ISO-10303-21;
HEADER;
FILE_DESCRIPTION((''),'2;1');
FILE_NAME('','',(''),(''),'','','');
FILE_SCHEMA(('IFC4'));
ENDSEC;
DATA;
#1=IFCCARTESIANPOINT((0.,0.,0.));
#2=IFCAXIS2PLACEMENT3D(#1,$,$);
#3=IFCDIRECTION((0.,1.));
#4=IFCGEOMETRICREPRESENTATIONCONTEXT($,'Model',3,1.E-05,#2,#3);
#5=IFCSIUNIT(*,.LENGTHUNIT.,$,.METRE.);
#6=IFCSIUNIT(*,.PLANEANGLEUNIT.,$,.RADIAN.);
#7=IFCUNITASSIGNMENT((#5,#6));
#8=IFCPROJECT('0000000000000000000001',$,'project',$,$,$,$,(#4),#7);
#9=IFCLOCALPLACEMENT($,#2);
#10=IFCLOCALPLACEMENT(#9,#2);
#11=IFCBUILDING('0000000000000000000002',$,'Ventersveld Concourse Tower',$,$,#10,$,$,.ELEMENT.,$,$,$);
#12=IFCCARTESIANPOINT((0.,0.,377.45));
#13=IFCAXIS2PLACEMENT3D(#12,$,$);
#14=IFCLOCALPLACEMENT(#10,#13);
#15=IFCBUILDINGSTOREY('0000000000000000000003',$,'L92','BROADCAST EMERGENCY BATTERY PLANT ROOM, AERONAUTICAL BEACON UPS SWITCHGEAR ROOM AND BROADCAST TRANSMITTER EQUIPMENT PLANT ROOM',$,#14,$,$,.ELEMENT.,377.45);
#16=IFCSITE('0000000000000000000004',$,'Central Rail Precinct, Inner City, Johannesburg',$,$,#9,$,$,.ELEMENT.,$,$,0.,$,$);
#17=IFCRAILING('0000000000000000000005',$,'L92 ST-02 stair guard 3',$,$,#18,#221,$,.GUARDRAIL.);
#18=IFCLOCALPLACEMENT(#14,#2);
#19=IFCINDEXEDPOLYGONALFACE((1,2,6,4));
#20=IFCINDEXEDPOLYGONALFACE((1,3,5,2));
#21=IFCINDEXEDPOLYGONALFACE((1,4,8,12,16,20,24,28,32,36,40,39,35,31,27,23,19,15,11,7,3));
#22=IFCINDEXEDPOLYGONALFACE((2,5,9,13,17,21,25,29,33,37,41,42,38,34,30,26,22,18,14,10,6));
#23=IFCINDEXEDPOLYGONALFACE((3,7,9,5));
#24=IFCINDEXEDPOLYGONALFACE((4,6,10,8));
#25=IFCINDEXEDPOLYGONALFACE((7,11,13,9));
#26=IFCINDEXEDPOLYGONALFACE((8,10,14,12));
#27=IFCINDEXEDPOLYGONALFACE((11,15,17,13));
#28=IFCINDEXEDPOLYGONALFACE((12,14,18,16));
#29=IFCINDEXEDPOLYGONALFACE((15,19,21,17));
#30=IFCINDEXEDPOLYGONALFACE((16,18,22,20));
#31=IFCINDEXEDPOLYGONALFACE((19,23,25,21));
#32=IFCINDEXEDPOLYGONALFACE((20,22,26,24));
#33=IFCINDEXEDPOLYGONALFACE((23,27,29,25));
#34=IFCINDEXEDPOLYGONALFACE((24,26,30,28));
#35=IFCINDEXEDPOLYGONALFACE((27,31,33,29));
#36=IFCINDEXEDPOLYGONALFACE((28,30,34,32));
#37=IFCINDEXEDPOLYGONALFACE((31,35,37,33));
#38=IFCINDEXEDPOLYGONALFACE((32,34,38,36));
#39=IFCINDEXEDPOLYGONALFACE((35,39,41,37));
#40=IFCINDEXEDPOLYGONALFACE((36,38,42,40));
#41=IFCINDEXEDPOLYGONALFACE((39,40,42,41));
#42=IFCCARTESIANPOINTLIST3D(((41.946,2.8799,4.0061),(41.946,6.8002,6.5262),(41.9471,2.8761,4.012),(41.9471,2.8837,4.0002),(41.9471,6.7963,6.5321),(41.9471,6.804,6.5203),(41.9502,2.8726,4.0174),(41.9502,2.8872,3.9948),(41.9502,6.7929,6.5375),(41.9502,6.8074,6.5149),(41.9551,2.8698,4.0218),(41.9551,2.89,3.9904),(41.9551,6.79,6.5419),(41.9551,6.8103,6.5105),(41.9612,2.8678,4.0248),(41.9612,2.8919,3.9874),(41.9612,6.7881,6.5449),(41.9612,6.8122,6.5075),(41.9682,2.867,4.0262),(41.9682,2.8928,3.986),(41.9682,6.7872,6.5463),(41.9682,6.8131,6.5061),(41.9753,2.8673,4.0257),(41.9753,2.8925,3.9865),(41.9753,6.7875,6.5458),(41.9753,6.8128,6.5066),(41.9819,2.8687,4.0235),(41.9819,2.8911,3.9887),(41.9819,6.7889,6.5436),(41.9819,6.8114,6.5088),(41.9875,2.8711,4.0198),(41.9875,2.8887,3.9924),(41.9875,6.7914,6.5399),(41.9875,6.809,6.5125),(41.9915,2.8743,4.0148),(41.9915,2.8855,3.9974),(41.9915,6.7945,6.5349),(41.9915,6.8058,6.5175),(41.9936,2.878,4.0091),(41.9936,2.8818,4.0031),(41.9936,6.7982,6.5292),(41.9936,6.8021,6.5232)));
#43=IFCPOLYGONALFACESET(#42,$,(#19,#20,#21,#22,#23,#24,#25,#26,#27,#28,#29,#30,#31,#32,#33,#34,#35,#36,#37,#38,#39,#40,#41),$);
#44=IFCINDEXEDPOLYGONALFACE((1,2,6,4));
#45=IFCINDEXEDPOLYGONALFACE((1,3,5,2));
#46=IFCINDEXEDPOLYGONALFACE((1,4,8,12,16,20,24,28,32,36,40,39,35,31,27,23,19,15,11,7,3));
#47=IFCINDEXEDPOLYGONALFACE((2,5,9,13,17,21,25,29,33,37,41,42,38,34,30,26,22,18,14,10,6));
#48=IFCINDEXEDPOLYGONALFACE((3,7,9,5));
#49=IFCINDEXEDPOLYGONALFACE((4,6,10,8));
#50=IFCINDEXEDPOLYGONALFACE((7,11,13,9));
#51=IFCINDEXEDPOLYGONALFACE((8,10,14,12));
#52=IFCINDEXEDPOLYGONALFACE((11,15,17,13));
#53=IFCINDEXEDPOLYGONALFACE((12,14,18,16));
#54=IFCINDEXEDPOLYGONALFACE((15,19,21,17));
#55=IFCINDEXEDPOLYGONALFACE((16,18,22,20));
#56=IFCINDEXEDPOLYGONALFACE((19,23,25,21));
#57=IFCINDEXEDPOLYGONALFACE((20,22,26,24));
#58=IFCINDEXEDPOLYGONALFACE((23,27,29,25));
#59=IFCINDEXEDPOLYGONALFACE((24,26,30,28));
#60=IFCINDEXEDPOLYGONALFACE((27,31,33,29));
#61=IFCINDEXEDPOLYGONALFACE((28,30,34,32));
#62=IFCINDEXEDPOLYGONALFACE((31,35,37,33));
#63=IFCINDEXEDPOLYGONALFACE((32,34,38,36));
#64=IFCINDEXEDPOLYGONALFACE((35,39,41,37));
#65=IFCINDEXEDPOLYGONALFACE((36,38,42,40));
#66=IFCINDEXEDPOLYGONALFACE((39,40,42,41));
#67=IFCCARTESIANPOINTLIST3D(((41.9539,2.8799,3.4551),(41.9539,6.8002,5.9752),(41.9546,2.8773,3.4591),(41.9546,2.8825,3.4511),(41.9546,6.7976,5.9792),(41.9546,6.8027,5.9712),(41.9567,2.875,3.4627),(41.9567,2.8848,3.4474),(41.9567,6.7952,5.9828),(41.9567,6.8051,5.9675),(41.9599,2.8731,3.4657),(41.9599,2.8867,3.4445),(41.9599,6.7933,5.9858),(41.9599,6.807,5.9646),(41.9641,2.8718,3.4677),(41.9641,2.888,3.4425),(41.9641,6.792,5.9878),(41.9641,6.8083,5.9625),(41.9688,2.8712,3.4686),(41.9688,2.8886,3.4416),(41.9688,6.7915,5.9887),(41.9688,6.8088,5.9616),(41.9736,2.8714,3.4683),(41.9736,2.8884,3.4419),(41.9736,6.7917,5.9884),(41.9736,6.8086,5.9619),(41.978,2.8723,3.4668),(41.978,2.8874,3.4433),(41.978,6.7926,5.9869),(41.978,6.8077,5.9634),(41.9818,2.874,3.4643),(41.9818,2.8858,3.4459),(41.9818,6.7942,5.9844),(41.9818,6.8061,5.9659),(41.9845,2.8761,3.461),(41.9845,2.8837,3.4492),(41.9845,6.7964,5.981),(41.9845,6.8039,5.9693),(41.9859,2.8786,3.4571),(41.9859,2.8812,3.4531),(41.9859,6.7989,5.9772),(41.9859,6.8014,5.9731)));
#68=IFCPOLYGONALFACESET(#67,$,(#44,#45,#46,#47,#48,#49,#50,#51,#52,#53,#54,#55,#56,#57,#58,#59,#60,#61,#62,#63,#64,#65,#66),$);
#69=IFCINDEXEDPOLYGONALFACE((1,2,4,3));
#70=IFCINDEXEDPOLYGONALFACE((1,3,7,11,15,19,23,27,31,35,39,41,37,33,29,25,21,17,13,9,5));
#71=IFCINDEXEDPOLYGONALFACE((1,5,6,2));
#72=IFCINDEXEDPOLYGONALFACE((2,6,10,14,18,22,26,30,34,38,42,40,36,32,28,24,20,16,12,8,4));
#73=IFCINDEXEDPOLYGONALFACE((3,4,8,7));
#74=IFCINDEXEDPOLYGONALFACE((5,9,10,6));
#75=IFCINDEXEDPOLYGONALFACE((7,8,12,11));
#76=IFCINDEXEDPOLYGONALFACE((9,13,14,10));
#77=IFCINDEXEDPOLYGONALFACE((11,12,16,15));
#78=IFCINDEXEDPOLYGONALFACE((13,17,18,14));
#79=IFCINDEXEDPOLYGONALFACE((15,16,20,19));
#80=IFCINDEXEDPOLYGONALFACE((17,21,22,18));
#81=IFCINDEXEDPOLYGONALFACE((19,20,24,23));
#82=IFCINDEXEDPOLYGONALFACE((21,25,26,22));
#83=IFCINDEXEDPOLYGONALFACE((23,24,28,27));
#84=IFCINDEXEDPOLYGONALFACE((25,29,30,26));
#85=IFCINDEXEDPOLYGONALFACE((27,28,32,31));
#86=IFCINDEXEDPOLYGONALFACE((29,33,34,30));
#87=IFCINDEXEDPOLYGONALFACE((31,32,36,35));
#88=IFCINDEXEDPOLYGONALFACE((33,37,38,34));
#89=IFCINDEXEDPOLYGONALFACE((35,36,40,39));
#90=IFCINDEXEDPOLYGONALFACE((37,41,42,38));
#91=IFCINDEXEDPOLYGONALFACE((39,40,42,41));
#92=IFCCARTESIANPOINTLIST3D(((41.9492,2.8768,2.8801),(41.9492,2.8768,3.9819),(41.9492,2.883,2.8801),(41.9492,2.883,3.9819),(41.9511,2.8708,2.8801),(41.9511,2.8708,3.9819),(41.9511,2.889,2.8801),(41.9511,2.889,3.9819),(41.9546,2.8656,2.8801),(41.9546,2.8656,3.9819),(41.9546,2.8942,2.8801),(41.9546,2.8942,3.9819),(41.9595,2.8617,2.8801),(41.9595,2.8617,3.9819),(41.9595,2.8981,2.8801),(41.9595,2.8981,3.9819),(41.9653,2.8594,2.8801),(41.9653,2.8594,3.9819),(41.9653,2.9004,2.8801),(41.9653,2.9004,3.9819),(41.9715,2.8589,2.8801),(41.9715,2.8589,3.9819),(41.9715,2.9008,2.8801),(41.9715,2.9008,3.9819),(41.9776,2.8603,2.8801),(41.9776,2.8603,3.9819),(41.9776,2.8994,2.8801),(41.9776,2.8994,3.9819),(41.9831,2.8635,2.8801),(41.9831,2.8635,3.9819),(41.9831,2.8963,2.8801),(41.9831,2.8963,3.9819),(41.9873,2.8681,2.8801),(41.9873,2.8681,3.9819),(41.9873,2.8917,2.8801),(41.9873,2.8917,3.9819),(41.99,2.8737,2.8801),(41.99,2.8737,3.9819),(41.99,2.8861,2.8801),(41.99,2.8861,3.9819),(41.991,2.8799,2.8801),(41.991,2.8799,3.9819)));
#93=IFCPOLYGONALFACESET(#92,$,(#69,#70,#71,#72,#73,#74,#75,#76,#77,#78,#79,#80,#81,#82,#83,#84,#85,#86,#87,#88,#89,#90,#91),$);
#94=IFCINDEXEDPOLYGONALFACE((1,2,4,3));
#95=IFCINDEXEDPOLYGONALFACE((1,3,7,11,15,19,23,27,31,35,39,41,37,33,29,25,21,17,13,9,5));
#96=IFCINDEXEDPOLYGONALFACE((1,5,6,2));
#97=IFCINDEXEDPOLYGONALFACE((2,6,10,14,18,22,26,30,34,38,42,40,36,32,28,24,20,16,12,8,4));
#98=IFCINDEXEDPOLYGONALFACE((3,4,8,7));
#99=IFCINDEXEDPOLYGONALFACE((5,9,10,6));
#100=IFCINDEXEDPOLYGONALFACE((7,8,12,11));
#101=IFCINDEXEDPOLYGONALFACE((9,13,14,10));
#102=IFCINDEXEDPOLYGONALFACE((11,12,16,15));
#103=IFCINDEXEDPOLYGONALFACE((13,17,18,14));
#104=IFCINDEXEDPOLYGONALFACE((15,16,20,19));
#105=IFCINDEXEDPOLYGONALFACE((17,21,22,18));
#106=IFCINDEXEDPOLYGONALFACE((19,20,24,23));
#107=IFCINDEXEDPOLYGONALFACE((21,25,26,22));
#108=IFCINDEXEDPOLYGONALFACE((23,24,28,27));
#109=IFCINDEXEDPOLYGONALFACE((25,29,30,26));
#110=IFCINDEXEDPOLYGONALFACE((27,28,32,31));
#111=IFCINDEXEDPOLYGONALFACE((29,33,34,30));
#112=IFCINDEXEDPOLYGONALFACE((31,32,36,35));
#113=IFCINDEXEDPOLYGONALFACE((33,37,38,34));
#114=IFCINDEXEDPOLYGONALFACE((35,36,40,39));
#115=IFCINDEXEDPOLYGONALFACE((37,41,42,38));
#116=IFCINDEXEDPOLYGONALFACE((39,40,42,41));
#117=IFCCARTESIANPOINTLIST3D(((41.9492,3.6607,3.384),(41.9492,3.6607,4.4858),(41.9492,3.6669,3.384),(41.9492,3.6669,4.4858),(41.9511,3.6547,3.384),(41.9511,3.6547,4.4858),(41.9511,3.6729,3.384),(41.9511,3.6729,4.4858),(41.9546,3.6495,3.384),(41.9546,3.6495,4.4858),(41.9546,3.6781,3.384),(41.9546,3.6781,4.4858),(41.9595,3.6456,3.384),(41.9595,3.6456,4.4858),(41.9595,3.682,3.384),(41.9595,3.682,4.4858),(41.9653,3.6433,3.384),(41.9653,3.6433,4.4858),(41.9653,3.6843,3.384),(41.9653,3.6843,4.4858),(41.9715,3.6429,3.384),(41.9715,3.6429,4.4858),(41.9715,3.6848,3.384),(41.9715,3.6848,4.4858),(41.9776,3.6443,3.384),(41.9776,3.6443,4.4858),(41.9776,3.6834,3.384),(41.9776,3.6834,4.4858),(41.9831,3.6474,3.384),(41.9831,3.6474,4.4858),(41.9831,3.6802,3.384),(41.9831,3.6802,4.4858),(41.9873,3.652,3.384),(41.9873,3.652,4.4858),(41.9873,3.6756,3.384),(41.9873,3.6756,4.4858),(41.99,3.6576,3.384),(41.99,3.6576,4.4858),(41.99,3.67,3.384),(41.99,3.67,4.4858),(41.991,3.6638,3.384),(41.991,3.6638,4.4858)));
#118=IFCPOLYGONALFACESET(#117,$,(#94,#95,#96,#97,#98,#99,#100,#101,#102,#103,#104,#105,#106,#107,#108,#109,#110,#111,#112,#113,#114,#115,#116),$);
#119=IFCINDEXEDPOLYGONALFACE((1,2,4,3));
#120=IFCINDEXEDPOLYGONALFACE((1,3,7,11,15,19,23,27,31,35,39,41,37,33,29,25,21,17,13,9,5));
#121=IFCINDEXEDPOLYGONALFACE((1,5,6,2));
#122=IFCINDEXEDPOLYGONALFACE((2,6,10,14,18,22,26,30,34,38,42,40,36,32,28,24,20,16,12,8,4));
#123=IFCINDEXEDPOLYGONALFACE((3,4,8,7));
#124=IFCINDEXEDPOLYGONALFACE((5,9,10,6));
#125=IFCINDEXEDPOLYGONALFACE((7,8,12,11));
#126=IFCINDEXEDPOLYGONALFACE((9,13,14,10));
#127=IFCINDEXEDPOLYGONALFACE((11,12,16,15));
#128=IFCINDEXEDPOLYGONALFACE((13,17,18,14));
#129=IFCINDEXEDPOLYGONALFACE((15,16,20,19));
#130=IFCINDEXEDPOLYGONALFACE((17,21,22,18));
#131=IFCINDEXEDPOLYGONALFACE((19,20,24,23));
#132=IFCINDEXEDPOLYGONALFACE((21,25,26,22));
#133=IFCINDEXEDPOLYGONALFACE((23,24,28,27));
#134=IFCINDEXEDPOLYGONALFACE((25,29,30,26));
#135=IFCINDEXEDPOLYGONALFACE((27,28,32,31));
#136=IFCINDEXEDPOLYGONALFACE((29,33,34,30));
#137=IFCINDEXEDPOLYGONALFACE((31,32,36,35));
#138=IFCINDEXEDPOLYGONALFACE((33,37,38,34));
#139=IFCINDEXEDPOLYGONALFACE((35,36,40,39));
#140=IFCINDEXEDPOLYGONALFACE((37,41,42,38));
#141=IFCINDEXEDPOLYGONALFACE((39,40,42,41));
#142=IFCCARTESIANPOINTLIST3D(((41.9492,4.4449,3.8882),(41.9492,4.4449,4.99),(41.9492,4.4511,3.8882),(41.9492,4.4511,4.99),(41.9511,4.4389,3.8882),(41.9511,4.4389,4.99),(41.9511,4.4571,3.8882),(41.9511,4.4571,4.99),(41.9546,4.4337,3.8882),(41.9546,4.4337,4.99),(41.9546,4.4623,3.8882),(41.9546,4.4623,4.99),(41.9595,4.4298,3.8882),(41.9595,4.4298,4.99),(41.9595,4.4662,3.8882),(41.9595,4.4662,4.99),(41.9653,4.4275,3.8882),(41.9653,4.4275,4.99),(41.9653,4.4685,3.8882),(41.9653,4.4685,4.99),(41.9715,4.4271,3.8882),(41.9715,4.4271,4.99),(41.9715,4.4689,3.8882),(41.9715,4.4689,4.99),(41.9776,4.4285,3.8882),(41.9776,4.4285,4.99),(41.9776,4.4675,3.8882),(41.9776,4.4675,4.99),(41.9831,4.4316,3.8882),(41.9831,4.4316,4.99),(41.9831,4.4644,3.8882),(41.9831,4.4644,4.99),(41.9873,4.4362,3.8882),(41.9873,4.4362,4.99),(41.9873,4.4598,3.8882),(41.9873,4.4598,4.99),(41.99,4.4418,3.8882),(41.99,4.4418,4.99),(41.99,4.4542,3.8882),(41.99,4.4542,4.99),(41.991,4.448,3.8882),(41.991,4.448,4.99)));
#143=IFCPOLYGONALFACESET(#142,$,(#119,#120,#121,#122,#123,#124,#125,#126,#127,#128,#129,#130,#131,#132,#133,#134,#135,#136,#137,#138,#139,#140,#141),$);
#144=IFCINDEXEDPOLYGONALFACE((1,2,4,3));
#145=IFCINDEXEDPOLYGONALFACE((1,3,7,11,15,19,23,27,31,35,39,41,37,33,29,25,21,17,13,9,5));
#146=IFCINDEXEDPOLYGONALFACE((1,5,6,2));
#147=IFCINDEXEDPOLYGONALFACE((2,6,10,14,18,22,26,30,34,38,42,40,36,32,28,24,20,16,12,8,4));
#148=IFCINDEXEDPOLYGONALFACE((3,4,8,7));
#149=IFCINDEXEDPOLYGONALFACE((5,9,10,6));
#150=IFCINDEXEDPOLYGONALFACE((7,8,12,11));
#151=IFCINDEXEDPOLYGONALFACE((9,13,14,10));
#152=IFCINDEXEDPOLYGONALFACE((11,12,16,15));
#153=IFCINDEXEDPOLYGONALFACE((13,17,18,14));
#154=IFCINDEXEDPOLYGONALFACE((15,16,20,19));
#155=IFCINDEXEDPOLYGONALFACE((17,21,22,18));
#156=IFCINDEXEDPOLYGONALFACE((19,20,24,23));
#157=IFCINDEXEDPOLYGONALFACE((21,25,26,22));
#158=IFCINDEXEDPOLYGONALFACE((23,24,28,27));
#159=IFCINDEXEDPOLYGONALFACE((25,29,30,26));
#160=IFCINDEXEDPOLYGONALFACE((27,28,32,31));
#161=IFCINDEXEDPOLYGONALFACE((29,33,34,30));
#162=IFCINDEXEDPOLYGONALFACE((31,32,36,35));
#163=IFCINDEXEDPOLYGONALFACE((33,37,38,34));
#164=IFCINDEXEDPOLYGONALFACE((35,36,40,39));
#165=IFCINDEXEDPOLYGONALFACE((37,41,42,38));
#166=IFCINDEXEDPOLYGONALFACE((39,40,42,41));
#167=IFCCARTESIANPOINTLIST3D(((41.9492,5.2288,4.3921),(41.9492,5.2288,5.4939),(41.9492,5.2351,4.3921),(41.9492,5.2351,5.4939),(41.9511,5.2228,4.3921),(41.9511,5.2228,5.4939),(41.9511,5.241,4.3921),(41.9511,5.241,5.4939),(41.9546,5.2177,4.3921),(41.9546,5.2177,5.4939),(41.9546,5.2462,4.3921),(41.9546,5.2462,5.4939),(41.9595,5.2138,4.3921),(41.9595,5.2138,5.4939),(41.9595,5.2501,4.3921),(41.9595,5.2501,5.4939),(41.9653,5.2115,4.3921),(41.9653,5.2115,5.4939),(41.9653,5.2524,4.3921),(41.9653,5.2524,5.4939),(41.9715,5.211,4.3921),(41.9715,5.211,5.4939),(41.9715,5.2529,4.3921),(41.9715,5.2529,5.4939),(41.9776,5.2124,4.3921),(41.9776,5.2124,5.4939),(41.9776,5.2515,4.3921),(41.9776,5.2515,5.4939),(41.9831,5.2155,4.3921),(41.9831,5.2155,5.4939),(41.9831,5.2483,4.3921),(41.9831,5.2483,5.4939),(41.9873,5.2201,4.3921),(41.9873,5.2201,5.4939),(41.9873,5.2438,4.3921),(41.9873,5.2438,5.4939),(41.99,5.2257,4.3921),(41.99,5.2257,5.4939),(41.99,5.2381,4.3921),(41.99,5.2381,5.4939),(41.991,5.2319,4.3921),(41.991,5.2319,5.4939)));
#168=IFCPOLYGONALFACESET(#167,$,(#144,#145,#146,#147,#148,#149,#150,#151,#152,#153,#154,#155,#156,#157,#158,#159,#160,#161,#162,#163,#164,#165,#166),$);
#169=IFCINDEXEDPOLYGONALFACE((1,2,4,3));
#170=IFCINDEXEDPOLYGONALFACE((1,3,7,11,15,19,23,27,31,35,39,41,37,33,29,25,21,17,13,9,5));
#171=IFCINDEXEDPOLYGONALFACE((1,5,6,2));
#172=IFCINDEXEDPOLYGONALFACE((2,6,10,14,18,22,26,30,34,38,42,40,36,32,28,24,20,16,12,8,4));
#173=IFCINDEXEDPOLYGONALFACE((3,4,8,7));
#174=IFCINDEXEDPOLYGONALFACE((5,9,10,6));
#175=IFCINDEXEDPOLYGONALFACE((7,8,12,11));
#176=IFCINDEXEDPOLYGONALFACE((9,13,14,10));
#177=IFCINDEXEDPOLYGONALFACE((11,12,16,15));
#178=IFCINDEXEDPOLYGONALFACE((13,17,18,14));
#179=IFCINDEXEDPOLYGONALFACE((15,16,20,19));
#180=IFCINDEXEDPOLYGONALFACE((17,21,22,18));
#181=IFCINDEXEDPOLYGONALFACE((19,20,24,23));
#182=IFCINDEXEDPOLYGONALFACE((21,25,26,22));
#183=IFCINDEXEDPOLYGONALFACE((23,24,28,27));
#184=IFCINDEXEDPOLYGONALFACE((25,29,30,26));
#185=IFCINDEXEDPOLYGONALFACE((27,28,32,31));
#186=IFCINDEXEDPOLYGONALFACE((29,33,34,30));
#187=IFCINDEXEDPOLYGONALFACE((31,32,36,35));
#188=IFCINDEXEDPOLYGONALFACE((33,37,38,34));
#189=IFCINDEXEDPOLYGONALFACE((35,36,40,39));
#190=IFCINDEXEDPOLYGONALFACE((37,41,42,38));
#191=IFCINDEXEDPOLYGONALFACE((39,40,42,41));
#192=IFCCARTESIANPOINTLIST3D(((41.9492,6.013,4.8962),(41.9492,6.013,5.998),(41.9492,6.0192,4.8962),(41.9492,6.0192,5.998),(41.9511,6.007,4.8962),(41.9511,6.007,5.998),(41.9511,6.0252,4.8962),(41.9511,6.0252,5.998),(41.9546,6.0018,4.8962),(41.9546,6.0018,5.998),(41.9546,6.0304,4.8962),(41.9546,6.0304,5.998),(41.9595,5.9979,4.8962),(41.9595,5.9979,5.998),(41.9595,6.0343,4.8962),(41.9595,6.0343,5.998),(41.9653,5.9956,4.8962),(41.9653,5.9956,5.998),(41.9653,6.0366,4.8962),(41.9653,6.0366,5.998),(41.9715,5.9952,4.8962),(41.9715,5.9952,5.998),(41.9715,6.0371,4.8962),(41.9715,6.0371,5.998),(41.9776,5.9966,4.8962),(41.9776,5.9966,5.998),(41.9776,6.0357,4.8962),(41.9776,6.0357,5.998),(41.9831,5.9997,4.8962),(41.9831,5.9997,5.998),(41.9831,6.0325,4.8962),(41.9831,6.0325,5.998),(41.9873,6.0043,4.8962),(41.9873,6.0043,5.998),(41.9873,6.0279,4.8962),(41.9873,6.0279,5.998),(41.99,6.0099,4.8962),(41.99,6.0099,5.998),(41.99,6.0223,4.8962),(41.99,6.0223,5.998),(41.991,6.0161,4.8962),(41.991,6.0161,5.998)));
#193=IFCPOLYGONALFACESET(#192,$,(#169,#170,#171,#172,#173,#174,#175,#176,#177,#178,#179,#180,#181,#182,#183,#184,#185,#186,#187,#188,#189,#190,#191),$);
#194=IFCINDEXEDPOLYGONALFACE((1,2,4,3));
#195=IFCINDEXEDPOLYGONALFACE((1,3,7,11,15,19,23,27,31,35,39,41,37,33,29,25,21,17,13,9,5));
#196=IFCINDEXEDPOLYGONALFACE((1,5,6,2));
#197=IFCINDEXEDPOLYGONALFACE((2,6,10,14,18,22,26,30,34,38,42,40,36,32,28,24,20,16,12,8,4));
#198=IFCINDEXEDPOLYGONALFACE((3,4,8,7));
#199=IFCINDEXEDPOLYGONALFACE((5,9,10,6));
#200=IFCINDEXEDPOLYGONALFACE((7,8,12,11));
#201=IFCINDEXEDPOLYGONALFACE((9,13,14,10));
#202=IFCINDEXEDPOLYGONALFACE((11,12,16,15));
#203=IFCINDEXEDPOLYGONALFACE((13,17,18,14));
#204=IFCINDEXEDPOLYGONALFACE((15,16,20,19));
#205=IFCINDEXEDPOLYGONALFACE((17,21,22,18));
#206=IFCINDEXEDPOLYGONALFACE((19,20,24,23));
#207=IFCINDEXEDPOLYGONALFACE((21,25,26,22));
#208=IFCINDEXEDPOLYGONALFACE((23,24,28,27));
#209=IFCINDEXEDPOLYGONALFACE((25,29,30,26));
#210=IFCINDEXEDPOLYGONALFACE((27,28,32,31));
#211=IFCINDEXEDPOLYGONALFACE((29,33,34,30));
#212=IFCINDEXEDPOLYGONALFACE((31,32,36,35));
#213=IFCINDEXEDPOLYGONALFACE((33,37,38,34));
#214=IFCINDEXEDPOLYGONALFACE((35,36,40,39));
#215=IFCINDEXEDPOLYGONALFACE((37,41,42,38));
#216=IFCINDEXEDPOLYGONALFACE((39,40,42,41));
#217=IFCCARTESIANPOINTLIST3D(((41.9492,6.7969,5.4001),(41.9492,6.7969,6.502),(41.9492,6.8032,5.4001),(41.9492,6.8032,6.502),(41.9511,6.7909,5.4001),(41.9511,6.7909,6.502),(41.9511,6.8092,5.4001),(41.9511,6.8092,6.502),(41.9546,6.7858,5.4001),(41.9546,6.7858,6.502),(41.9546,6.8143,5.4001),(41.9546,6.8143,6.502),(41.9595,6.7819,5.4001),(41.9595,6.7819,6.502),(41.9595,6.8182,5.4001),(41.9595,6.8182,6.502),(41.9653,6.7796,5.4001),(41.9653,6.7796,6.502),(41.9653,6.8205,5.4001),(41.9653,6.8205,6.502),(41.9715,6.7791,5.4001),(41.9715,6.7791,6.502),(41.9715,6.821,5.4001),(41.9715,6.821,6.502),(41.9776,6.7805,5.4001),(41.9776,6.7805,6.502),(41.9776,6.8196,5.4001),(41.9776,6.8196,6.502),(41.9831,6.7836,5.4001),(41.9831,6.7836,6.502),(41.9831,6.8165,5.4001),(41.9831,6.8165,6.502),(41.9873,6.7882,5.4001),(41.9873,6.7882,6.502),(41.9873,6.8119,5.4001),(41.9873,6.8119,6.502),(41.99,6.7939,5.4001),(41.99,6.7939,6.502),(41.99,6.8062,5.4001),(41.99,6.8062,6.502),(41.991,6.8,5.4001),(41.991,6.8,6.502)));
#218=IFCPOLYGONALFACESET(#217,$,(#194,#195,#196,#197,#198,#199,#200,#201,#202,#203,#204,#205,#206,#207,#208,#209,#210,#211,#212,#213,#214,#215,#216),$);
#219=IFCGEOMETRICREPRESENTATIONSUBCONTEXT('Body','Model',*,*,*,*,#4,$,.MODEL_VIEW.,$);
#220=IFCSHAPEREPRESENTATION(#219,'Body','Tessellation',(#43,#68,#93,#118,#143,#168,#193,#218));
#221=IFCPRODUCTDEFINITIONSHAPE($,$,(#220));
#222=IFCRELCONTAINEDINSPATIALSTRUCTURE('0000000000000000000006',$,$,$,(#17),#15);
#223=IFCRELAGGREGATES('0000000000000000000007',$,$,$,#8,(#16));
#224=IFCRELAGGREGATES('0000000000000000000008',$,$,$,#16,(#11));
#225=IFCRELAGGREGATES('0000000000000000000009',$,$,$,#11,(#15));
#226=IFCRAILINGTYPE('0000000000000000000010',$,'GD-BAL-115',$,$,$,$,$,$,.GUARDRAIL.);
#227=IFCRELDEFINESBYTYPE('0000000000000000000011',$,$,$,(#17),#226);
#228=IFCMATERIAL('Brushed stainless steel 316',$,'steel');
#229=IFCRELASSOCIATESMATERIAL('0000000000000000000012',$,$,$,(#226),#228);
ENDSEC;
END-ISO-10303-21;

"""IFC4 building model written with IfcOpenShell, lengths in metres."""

from ifc_helpers import new_model, si_unit, direction, frame, origin, origin_2d, place, context, subcontext, project, spatial, circle, extrude, material, type_object, element, save


model = new_model("IFC4")

# Units and contexts
model_context = context("Model", 3, precision=1e-05, world=origin(), true_north=direction((0.0, 1.0)))
body_context = subcontext(model_context, "Body", "Model", "MODEL_VIEW")
ifc_project = project(units=[si_unit("LENGTHUNIT", "METRE"), si_unit("PLANEANGLEUNIT", "RADIAN")], contexts=[model_context])

# Site, building, storey
site_placement = place(None, origin())
site = spatial("IfcSite", under=ifc_project, at=site_placement, Name="Central Rail Precinct, Inner City, Johannesburg", CompositionType="ELEMENT", RefElevation=0.0)
building_placement = place(site_placement, origin())
building = spatial("IfcBuilding", under=site, at=building_placement, Name="Ventersveld Concourse Tower", CompositionType="ELEMENT")
storey_placement = place(building_placement, frame((0.0, 0.0, 377.45)))
storey = spatial("IfcBuildingStorey", under=building, at=storey_placement, Name="L92", Description="BROADCAST EMERGENCY BATTERY PLANT ROOM, AERONAUTICAL BEACON UPS SWITCHGEAR ROOM AND BROADCAST TRANSMITTER EQUIPMENT PLANT ROOM", CompositionType="ELEMENT", Elevation=377.45)

# Railing
ifc_material_1 = material(Name="Brushed stainless steel 316", Category="steel")
railing_type_1 = type_object("IfcRailingType", Name="GD-BAL-115", PredefinedType="GUARDRAIL", material=ifc_material_1)
railing_1_placement = place(storey_placement, frame((41.97, 2.8799, 2.8801)))
element("IfcRailing", 1, at=railing_1_placement, inside=storey, type_object=railing_type_1, Name="L92 ST-02 stair guard 3", PredefinedType="GUARDRAIL", context=body_context, shape_type="SweptSolid", body=[
    extrude(circle(Radius=0.0239, at=origin_2d()), frame((0.0, 0.0, 1.126), z_axis=(0.0, 0.841187, 0.540744), x_axis=(-1.0, 0.0, 0.0)), (0.0, 0.0, 1.0), 4.6604),
    extrude(circle(Radius=0.0161, at=origin_2d()), frame((0.0, 0.0, 0.575), z_axis=(0.0, 0.841187, 0.540744), x_axis=(-1.0, 0.0, 0.0)), (0.0, 0.0, 1.0), 4.6604),
    extrude(circle(Radius=0.021, at=origin_2d()), origin(), (0.0, 0.0, 1.0), 1.1018),
    extrude(circle(Radius=0.021, at=origin_2d()), frame((0.0, 0.7839, 0.5039)), (0.0, 0.0, 1.0), 1.1018),
    extrude(circle(Radius=0.021, at=origin_2d()), frame((0.0, 1.5681, 1.0081)), (0.0, 0.0, 1.0), 1.1018),
    extrude(circle(Radius=0.021, at=origin_2d()), frame((0.0, 2.3521, 1.512)), (0.0, 0.0, 1.0), 1.1018),
    extrude(circle(Radius=0.021, at=origin_2d()), frame((0.0, 3.1362, 2.0161)), (0.0, 0.0, 1.0), 1.1018),
    extrude(circle(Radius=0.021, at=origin_2d()), frame((0.0, 3.9202, 2.52)), (0.0, 0.0, 1.0), 1.1018),
])

save(model, "model.ifc")
